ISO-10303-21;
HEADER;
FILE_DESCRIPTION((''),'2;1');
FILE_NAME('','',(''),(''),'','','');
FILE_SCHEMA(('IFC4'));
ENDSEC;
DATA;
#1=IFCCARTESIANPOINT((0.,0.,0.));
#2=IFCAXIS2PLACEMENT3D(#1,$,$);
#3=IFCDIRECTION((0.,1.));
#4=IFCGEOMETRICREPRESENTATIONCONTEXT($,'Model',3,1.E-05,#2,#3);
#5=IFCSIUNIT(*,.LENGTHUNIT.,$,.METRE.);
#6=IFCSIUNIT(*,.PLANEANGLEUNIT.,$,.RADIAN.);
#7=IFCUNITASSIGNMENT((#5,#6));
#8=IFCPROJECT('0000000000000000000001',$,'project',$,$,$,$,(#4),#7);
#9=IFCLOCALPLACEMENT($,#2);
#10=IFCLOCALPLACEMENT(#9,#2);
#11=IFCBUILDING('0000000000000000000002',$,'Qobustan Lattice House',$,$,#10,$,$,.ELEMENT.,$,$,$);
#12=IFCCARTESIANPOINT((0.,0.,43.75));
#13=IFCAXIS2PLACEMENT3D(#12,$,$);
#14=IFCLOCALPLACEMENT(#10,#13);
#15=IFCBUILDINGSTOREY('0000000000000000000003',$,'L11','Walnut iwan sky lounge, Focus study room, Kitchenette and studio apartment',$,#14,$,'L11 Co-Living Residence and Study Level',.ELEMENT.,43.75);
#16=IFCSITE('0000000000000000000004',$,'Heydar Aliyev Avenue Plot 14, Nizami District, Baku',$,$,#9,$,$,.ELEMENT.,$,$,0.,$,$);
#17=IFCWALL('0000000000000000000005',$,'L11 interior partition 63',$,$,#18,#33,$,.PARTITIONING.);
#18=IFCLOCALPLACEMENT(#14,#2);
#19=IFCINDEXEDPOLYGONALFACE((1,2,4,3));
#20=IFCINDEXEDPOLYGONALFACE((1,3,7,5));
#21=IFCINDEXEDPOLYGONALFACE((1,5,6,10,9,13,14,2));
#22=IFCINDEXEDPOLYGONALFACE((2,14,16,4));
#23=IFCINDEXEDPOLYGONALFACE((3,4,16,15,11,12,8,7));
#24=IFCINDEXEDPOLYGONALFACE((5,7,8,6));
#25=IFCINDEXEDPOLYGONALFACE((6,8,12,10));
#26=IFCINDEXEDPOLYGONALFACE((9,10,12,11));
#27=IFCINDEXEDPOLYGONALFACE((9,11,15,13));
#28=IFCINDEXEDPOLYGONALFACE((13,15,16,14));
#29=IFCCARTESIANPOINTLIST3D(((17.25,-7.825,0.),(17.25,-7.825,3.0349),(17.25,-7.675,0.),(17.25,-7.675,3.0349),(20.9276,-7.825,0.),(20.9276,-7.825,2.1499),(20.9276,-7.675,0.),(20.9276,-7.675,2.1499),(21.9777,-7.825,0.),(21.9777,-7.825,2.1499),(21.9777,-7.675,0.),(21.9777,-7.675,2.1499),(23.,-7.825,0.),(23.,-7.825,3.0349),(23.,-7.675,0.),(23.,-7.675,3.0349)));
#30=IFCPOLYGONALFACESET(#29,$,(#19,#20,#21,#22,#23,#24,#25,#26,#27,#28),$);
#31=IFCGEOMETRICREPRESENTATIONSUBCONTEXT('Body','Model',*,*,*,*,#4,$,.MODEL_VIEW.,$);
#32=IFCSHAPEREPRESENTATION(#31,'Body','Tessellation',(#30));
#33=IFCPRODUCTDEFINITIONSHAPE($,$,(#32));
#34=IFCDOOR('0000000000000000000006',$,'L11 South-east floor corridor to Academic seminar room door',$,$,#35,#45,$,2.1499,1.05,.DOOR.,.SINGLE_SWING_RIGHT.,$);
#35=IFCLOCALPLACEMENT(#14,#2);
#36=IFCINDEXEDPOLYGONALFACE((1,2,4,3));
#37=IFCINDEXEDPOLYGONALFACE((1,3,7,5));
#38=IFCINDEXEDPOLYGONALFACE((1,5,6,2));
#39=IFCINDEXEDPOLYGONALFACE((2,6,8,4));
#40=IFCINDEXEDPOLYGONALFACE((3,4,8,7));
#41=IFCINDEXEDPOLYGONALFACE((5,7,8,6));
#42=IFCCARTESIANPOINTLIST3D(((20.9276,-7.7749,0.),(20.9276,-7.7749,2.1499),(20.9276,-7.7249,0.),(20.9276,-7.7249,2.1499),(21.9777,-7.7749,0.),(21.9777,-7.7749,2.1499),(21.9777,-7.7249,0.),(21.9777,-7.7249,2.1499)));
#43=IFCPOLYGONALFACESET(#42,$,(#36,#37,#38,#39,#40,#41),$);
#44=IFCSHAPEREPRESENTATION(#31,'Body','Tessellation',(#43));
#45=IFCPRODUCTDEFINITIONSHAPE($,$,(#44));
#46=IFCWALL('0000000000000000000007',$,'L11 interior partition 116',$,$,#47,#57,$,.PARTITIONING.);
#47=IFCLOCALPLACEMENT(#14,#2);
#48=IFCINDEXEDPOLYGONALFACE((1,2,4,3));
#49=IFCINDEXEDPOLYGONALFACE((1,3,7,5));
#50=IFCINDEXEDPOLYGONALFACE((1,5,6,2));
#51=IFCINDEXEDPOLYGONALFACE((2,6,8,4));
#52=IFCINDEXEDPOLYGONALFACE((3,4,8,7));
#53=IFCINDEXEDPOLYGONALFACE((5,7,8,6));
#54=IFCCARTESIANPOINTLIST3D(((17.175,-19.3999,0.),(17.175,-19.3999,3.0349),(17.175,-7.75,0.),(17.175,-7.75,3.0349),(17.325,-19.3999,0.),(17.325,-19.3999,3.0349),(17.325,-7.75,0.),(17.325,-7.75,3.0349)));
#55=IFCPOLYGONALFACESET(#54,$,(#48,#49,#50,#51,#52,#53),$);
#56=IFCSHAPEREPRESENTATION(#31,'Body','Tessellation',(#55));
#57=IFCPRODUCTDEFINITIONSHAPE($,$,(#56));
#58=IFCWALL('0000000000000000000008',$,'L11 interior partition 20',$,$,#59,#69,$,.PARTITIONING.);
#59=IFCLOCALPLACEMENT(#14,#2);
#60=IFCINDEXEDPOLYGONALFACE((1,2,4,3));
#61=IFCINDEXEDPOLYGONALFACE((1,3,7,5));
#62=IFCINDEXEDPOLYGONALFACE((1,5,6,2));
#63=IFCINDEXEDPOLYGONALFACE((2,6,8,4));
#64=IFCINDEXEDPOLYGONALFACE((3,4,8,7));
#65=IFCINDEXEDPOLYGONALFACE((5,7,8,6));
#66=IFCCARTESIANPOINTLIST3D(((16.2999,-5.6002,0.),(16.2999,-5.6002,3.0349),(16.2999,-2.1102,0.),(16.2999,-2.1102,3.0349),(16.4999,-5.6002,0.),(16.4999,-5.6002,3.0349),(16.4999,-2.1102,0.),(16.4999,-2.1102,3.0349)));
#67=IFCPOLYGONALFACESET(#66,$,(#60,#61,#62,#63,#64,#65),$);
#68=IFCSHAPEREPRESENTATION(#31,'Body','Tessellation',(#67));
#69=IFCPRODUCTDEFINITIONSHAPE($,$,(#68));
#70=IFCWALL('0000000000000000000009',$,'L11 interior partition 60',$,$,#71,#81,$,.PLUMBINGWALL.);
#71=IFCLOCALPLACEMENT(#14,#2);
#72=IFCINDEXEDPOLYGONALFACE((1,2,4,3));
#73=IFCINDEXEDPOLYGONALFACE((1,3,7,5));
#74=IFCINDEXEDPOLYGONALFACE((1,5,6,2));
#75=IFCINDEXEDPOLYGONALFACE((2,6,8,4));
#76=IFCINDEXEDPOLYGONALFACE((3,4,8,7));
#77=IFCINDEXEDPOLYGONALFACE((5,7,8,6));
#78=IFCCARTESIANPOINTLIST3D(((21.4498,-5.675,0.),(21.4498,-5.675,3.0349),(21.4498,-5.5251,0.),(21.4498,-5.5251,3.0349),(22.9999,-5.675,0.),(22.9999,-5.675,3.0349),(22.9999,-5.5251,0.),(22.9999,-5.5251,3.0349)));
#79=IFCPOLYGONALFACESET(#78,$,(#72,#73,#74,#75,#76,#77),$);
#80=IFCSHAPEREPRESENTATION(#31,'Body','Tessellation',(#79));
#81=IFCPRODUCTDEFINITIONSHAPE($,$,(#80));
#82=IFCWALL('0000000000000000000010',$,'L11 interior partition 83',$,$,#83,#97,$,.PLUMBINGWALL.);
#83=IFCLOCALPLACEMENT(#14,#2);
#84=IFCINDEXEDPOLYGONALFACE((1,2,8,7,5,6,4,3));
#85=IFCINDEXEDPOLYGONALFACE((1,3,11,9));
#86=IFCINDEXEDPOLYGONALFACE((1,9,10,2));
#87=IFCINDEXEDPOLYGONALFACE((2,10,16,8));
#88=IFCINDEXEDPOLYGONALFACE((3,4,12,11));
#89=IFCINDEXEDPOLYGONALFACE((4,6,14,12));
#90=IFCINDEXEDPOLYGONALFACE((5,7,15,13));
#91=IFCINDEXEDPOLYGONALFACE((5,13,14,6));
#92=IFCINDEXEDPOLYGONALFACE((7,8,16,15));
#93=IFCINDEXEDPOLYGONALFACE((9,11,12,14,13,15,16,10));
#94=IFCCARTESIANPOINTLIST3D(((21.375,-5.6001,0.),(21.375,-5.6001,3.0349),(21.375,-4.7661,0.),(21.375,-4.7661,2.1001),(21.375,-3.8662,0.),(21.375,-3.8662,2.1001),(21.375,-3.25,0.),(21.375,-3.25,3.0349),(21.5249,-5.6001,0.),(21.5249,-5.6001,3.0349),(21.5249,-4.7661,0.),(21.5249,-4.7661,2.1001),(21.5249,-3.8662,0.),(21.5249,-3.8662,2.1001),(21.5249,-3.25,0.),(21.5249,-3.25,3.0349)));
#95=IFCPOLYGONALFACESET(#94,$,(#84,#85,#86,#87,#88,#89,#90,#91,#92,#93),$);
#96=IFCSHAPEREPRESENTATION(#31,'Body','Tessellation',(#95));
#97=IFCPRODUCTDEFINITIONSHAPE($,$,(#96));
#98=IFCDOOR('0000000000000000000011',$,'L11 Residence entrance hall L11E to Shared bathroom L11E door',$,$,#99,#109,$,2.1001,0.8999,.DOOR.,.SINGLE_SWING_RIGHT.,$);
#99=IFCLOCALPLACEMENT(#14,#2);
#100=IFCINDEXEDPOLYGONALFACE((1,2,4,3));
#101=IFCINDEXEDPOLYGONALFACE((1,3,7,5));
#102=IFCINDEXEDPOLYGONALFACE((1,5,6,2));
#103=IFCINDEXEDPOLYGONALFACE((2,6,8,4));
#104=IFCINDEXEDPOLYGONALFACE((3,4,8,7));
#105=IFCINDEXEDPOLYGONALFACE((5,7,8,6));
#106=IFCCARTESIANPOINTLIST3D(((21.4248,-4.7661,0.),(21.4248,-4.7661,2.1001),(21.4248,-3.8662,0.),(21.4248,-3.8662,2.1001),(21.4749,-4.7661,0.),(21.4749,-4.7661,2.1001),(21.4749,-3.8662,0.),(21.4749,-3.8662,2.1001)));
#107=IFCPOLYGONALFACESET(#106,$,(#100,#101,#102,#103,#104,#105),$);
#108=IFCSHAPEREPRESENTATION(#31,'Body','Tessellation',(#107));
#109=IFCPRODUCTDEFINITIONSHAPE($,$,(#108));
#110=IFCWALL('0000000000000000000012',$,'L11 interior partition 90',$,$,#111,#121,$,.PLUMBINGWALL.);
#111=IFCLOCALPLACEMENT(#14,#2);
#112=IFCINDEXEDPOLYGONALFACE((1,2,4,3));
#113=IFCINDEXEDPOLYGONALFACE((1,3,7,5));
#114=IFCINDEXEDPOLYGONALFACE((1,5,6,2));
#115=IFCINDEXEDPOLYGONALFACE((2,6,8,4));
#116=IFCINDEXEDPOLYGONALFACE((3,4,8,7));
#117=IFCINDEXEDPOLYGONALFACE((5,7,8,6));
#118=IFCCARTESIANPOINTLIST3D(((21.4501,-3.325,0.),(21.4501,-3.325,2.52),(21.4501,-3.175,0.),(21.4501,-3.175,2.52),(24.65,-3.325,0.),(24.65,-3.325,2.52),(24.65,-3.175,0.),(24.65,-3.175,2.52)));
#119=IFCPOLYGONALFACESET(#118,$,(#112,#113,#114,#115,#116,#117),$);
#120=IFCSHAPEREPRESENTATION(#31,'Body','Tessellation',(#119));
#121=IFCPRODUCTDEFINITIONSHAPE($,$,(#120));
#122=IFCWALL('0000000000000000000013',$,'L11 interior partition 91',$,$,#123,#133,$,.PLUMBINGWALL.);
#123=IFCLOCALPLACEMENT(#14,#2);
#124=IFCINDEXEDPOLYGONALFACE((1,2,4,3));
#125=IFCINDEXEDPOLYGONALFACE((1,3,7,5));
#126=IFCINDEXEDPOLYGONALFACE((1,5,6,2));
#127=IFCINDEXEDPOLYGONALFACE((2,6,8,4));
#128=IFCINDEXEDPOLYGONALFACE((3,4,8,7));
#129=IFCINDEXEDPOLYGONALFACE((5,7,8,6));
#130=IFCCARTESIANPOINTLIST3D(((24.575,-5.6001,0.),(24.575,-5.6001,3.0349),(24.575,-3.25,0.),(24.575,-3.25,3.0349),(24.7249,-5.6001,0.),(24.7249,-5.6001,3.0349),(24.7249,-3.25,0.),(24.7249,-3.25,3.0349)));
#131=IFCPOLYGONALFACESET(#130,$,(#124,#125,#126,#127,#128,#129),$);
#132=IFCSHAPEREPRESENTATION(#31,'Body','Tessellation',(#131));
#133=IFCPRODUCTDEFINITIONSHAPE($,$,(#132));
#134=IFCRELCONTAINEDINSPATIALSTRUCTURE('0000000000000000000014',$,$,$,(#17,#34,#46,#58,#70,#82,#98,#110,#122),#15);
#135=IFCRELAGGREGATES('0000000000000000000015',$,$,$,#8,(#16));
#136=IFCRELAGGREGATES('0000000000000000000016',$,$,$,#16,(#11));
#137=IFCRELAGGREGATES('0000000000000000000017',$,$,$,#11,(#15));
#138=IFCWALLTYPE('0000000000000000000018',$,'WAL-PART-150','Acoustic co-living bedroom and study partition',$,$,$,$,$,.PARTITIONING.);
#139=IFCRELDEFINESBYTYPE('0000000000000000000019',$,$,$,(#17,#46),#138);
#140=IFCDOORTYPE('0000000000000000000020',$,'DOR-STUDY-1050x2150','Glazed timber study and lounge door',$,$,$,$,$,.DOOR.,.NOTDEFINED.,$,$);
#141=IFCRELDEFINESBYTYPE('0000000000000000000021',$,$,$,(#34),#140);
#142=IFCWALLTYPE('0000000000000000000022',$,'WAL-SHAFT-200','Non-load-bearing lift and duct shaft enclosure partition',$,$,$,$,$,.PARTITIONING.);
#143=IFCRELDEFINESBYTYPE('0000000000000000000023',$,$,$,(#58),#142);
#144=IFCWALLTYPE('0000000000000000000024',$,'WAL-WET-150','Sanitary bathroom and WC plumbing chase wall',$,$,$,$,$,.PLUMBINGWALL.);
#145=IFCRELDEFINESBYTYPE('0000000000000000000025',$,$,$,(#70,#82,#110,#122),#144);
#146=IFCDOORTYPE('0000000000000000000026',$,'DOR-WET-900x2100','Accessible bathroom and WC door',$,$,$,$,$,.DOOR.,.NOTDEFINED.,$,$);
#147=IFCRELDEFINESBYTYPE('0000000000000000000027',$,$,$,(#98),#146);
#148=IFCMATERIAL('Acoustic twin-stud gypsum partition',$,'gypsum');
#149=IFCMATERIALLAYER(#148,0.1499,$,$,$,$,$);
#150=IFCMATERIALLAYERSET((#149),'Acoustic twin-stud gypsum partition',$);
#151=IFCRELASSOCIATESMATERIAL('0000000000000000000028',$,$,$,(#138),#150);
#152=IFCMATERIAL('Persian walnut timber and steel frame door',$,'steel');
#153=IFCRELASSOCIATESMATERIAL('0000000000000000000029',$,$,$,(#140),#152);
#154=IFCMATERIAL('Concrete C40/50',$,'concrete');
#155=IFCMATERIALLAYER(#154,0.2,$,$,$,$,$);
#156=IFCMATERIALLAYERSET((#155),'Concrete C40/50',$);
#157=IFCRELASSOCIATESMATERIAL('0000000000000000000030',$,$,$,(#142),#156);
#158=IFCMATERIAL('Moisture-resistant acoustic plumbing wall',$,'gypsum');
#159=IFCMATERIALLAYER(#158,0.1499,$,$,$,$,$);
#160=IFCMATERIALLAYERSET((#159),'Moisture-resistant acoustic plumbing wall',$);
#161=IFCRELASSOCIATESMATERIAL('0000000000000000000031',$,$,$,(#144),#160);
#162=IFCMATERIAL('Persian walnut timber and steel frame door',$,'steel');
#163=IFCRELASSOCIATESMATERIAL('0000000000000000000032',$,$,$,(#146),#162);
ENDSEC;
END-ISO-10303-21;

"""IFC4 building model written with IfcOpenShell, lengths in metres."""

from ifc_helpers import new_model, si_unit, direction, frame, frame_2d, origin, place, context, subcontext, project, spatial, rectangle, extrude, material, layer, layer_set, type_object, element, fill, save


model = new_model("IFC4")

# Units and contexts
model_context = context("Model", 3, precision=1e-05, world=origin(), true_north=direction((0.0, 1.0)))
body_context = subcontext(model_context, "Body", "Model", "MODEL_VIEW")
ifc_project = project(units=[si_unit("LENGTHUNIT", "METRE"), si_unit("PLANEANGLEUNIT", "RADIAN")], contexts=[model_context])

# Site, building, storey
site_placement = place(None, origin())
site = spatial("IfcSite", under=ifc_project, at=site_placement, Name="Heydar Aliyev Avenue Plot 14, Nizami District, Baku", CompositionType="ELEMENT", RefElevation=0.0)
building_placement = place(site_placement, origin())
building = spatial("IfcBuilding", under=site, at=building_placement, Name="Qobustan Lattice House", CompositionType="ELEMENT")
storey_placement = place(building_placement, frame((0.0, 0.0, 43.75)))
storey = spatial("IfcBuildingStorey", under=building, at=storey_placement, Name="L11", Description="Walnut iwan sky lounge, Focus study room, Kitchenette and studio apartment", LongName="L11 Co-Living Residence and Study Level", CompositionType="ELEMENT", Elevation=43.75)

# Wall, opening, door
ifc_material_1 = material(Name="Acoustic twin-stud gypsum partition", Category="gypsum")
ifc_layer_1 = layer(ifc_material_1, 0.1499)
ifc_layer_set_1 = layer_set([ifc_layer_1], Name="Acoustic twin-stud gypsum partition")
wall_type_1 = type_object("IfcWallType", Name="WAL-PART-150", Description="Acoustic co-living bedroom and study partition", PredefinedType="PARTITIONING", material=ifc_layer_set_1)
ifc_material_2 = material(Name="Persian walnut timber and steel frame door", Category="steel")
door_type_1 = type_object("IfcDoorType", Name="DOR-STUDY-1050x2150", Description="Glazed timber study and lounge door", OperationType="NOTDEFINED", PredefinedType="DOOR", material=ifc_material_2)
wall_1_placement = place(storey_placement, frame((23.0, -7.75, 0.0), z_axis=(0.0, 0.0, 1.0), x_axis=(-1.0, 0.0, 0.0)))
wall_1 = element("IfcWall", 1, at=wall_1_placement, inside=storey, type_object=wall_type_1, Name="L11 interior partition 63", PredefinedType="PARTITIONING", context=body_context, shape_type="SweptSolid", body=[
    extrude(rectangle(XDim=5.75, YDim=0.1499, at=frame_2d((2.875, 0.0))), origin(), (0.0, 0.0, 1.0), 3.0349),
])
opening_1_placement = place(wall_1_placement, frame((1.0225, 0.0, 0.0)))
opening_1 = element("IfcOpeningElement", 2, at=opening_1_placement, cuts=wall_1, PredefinedType="OPENING", context=body_context, shape_type="SweptSolid", body=[
    extrude(rectangle(XDim=1.05, YDim=2.1499, at=frame_2d((0.5249, 1.075))), frame((0.0, 0.085, 0.0), z_axis=(0.0, -1.0, 0.0), x_axis=(1.0, 0.0, 0.0)), (0.0, 0.0, 1.0), 0.1699),
])
door_1_placement = place(opening_1_placement, origin())
door_1 = element("IfcDoor", 3, at=door_1_placement, inside=storey, type_object=door_type_1, Name="L11 South-east floor corridor to Academic seminar room door", OperationType="SINGLE_SWING_RIGHT", OverallHeight=2.1499, OverallWidth=1.05, PredefinedType="DOOR", context=body_context, shape_type="SweptSolid", body=[
    extrude(rectangle(XDim=1.05, YDim=2.1499, at=frame_2d((0.5249, 1.075))), frame((0.0, 0.0249, 0.0), z_axis=(0.0, -1.0, 0.0), x_axis=(1.0, 0.0, 0.0)), (0.0, 0.0, 1.0), 0.05),
])
fill(opening_1, door_1)

# Walls
wall_2_placement = place(storey_placement, frame((17.25, -7.75, 0.0), z_axis=(0.0, 0.0, 1.0), x_axis=(0.0, -1.0, 0.0)))
element("IfcWall", 4, at=wall_2_placement, inside=storey, type_object=wall_type_1, Name="L11 interior partition 116", PredefinedType="PARTITIONING", context=body_context, shape_type="SweptSolid", body=[
    extrude(rectangle(XDim=11.6499, YDim=0.1499, at=frame_2d((5.825, 0.0))), origin(), (0.0, 0.0, 1.0), 3.0349),
])
ifc_material_3 = material(Name="Concrete C40/50", Category="concrete")
ifc_layer_2 = layer(ifc_material_3, 0.2)
ifc_layer_set_2 = layer_set([ifc_layer_2], Name="Concrete C40/50")
wall_type_2 = type_object("IfcWallType", Name="WAL-SHAFT-200", Description="Non-load-bearing lift and duct shaft enclosure partition", PredefinedType="PARTITIONING", material=ifc_layer_set_2)
wall_3_placement = place(storey_placement, frame((16.3999, -2.1101, 0.0), z_axis=(0.0, 0.0, 1.0), x_axis=(0.0, -1.0, 0.0)))
element("IfcWall", 5, at=wall_3_placement, inside=storey, type_object=wall_type_2, Name="L11 interior partition 20", PredefinedType="PARTITIONING", context=body_context, shape_type="SweptSolid", body=[
    extrude(rectangle(XDim=3.49, YDim=0.2, at=frame_2d((1.7451, 0.0))), origin(), (0.0, 0.0, 1.0), 3.0349),
])
ifc_material_4 = material(Name="Moisture-resistant acoustic plumbing wall", Category="gypsum")
ifc_layer_3 = layer(ifc_material_4, 0.1499)
ifc_layer_set_3 = layer_set([ifc_layer_3], Name="Moisture-resistant acoustic plumbing wall")
wall_type_3 = type_object("IfcWallType", Name="WAL-WET-150", Description="Sanitary bathroom and WC plumbing chase wall", PredefinedType="PLUMBINGWALL", material=ifc_layer_set_3)
wall_4_placement = place(storey_placement, frame((21.45, -5.6001, 0.0), z_axis=(0.0, 0.0, 1.0), x_axis=(1.0, 0.0, 0.0)))
element("IfcWall", 6, at=wall_4_placement, inside=storey, type_object=wall_type_3, Name="L11 interior partition 60", PredefinedType="PLUMBINGWALL", context=body_context, shape_type="SweptSolid", body=[
    extrude(rectangle(XDim=1.55, YDim=0.1499, at=frame_2d((0.7749, 0.0))), origin(), (0.0, 0.0, 1.0), 3.0349),
])

# Wall, opening, door
wall_5_placement = place(storey_placement, frame((21.45, -3.25, 0.0), z_axis=(0.0, 0.0, 1.0), x_axis=(0.0, -1.0, 0.0)))
wall_5 = element("IfcWall", 7, at=wall_5_placement, inside=storey, type_object=wall_type_3, Name="L11 interior partition 83", PredefinedType="PLUMBINGWALL", context=body_context, shape_type="SweptSolid", body=[
    extrude(rectangle(XDim=2.3501, YDim=0.1499, at=frame_2d((1.175, 0.0))), origin(), (0.0, 0.0, 1.0), 3.0349),
])
opening_2_placement = place(wall_5_placement, frame((0.6162, 0.0, 0.0)))
opening_2 = element("IfcOpeningElement", 8, at=opening_2_placement, cuts=wall_5, PredefinedType="OPENING", context=body_context, shape_type="SweptSolid", body=[
    extrude(rectangle(XDim=0.8999, YDim=2.1001, at=frame_2d((0.45, 1.05))), frame((0.0, 0.085, 0.0), z_axis=(0.0, -1.0, 0.0), x_axis=(1.0, 0.0, 0.0)), (0.0, 0.0, 1.0), 0.1699),
])
ifc_material_5 = material(Name="Persian walnut timber and steel frame door", Category="steel")
door_type_2 = type_object("IfcDoorType", Name="DOR-WET-900x2100", Description="Accessible bathroom and WC door", OperationType="NOTDEFINED", PredefinedType="DOOR", material=ifc_material_5)
door_2_placement = place(opening_2_placement, origin())
door_2 = element("IfcDoor", 9, at=door_2_placement, inside=storey, type_object=door_type_2, Name="L11 Residence entrance hall L11E to Shared bathroom L11E door", OperationType="SINGLE_SWING_RIGHT", OverallHeight=2.1001, OverallWidth=0.8999, PredefinedType="DOOR", context=body_context, shape_type="SweptSolid", body=[
    extrude(rectangle(XDim=0.8999, YDim=2.1001, at=frame_2d((0.45, 1.05))), frame((0.0, 0.0249, 0.0), z_axis=(0.0, -1.0, 0.0), x_axis=(1.0, 0.0, 0.0)), (0.0, 0.0, 1.0), 0.05),
])
fill(opening_2, door_2)

# Walls
wall_6_placement = place(storey_placement, frame((21.45, -3.25, 0.0), z_axis=(0.0, 0.0, 1.0), x_axis=(1.0, 0.0, 0.0)))
element("IfcWall", 10, at=wall_6_placement, inside=storey, type_object=wall_type_3, Name="L11 interior partition 90", PredefinedType="PLUMBINGWALL", context=body_context, shape_type="SweptSolid", body=[
    extrude(rectangle(XDim=3.2, YDim=0.1499, at=frame_2d((1.6001, 0.0))), origin(), (0.0, 0.0, 1.0), 2.52),
])
wall_7_placement = place(storey_placement, frame((24.6499, -3.25, 0.0), z_axis=(0.0, 0.0, 1.0), x_axis=(0.0, -1.0, 0.0)))
element("IfcWall", 11, at=wall_7_placement, inside=storey, type_object=wall_type_3, Name="L11 interior partition 91", PredefinedType="PLUMBINGWALL", context=body_context, shape_type="SweptSolid", body=[
    extrude(rectangle(XDim=2.3501, YDim=0.1499, at=frame_2d((1.175, 0.0))), origin(), (0.0, 0.0, 1.0), 3.0349),
])

save(model, "model.ifc")
